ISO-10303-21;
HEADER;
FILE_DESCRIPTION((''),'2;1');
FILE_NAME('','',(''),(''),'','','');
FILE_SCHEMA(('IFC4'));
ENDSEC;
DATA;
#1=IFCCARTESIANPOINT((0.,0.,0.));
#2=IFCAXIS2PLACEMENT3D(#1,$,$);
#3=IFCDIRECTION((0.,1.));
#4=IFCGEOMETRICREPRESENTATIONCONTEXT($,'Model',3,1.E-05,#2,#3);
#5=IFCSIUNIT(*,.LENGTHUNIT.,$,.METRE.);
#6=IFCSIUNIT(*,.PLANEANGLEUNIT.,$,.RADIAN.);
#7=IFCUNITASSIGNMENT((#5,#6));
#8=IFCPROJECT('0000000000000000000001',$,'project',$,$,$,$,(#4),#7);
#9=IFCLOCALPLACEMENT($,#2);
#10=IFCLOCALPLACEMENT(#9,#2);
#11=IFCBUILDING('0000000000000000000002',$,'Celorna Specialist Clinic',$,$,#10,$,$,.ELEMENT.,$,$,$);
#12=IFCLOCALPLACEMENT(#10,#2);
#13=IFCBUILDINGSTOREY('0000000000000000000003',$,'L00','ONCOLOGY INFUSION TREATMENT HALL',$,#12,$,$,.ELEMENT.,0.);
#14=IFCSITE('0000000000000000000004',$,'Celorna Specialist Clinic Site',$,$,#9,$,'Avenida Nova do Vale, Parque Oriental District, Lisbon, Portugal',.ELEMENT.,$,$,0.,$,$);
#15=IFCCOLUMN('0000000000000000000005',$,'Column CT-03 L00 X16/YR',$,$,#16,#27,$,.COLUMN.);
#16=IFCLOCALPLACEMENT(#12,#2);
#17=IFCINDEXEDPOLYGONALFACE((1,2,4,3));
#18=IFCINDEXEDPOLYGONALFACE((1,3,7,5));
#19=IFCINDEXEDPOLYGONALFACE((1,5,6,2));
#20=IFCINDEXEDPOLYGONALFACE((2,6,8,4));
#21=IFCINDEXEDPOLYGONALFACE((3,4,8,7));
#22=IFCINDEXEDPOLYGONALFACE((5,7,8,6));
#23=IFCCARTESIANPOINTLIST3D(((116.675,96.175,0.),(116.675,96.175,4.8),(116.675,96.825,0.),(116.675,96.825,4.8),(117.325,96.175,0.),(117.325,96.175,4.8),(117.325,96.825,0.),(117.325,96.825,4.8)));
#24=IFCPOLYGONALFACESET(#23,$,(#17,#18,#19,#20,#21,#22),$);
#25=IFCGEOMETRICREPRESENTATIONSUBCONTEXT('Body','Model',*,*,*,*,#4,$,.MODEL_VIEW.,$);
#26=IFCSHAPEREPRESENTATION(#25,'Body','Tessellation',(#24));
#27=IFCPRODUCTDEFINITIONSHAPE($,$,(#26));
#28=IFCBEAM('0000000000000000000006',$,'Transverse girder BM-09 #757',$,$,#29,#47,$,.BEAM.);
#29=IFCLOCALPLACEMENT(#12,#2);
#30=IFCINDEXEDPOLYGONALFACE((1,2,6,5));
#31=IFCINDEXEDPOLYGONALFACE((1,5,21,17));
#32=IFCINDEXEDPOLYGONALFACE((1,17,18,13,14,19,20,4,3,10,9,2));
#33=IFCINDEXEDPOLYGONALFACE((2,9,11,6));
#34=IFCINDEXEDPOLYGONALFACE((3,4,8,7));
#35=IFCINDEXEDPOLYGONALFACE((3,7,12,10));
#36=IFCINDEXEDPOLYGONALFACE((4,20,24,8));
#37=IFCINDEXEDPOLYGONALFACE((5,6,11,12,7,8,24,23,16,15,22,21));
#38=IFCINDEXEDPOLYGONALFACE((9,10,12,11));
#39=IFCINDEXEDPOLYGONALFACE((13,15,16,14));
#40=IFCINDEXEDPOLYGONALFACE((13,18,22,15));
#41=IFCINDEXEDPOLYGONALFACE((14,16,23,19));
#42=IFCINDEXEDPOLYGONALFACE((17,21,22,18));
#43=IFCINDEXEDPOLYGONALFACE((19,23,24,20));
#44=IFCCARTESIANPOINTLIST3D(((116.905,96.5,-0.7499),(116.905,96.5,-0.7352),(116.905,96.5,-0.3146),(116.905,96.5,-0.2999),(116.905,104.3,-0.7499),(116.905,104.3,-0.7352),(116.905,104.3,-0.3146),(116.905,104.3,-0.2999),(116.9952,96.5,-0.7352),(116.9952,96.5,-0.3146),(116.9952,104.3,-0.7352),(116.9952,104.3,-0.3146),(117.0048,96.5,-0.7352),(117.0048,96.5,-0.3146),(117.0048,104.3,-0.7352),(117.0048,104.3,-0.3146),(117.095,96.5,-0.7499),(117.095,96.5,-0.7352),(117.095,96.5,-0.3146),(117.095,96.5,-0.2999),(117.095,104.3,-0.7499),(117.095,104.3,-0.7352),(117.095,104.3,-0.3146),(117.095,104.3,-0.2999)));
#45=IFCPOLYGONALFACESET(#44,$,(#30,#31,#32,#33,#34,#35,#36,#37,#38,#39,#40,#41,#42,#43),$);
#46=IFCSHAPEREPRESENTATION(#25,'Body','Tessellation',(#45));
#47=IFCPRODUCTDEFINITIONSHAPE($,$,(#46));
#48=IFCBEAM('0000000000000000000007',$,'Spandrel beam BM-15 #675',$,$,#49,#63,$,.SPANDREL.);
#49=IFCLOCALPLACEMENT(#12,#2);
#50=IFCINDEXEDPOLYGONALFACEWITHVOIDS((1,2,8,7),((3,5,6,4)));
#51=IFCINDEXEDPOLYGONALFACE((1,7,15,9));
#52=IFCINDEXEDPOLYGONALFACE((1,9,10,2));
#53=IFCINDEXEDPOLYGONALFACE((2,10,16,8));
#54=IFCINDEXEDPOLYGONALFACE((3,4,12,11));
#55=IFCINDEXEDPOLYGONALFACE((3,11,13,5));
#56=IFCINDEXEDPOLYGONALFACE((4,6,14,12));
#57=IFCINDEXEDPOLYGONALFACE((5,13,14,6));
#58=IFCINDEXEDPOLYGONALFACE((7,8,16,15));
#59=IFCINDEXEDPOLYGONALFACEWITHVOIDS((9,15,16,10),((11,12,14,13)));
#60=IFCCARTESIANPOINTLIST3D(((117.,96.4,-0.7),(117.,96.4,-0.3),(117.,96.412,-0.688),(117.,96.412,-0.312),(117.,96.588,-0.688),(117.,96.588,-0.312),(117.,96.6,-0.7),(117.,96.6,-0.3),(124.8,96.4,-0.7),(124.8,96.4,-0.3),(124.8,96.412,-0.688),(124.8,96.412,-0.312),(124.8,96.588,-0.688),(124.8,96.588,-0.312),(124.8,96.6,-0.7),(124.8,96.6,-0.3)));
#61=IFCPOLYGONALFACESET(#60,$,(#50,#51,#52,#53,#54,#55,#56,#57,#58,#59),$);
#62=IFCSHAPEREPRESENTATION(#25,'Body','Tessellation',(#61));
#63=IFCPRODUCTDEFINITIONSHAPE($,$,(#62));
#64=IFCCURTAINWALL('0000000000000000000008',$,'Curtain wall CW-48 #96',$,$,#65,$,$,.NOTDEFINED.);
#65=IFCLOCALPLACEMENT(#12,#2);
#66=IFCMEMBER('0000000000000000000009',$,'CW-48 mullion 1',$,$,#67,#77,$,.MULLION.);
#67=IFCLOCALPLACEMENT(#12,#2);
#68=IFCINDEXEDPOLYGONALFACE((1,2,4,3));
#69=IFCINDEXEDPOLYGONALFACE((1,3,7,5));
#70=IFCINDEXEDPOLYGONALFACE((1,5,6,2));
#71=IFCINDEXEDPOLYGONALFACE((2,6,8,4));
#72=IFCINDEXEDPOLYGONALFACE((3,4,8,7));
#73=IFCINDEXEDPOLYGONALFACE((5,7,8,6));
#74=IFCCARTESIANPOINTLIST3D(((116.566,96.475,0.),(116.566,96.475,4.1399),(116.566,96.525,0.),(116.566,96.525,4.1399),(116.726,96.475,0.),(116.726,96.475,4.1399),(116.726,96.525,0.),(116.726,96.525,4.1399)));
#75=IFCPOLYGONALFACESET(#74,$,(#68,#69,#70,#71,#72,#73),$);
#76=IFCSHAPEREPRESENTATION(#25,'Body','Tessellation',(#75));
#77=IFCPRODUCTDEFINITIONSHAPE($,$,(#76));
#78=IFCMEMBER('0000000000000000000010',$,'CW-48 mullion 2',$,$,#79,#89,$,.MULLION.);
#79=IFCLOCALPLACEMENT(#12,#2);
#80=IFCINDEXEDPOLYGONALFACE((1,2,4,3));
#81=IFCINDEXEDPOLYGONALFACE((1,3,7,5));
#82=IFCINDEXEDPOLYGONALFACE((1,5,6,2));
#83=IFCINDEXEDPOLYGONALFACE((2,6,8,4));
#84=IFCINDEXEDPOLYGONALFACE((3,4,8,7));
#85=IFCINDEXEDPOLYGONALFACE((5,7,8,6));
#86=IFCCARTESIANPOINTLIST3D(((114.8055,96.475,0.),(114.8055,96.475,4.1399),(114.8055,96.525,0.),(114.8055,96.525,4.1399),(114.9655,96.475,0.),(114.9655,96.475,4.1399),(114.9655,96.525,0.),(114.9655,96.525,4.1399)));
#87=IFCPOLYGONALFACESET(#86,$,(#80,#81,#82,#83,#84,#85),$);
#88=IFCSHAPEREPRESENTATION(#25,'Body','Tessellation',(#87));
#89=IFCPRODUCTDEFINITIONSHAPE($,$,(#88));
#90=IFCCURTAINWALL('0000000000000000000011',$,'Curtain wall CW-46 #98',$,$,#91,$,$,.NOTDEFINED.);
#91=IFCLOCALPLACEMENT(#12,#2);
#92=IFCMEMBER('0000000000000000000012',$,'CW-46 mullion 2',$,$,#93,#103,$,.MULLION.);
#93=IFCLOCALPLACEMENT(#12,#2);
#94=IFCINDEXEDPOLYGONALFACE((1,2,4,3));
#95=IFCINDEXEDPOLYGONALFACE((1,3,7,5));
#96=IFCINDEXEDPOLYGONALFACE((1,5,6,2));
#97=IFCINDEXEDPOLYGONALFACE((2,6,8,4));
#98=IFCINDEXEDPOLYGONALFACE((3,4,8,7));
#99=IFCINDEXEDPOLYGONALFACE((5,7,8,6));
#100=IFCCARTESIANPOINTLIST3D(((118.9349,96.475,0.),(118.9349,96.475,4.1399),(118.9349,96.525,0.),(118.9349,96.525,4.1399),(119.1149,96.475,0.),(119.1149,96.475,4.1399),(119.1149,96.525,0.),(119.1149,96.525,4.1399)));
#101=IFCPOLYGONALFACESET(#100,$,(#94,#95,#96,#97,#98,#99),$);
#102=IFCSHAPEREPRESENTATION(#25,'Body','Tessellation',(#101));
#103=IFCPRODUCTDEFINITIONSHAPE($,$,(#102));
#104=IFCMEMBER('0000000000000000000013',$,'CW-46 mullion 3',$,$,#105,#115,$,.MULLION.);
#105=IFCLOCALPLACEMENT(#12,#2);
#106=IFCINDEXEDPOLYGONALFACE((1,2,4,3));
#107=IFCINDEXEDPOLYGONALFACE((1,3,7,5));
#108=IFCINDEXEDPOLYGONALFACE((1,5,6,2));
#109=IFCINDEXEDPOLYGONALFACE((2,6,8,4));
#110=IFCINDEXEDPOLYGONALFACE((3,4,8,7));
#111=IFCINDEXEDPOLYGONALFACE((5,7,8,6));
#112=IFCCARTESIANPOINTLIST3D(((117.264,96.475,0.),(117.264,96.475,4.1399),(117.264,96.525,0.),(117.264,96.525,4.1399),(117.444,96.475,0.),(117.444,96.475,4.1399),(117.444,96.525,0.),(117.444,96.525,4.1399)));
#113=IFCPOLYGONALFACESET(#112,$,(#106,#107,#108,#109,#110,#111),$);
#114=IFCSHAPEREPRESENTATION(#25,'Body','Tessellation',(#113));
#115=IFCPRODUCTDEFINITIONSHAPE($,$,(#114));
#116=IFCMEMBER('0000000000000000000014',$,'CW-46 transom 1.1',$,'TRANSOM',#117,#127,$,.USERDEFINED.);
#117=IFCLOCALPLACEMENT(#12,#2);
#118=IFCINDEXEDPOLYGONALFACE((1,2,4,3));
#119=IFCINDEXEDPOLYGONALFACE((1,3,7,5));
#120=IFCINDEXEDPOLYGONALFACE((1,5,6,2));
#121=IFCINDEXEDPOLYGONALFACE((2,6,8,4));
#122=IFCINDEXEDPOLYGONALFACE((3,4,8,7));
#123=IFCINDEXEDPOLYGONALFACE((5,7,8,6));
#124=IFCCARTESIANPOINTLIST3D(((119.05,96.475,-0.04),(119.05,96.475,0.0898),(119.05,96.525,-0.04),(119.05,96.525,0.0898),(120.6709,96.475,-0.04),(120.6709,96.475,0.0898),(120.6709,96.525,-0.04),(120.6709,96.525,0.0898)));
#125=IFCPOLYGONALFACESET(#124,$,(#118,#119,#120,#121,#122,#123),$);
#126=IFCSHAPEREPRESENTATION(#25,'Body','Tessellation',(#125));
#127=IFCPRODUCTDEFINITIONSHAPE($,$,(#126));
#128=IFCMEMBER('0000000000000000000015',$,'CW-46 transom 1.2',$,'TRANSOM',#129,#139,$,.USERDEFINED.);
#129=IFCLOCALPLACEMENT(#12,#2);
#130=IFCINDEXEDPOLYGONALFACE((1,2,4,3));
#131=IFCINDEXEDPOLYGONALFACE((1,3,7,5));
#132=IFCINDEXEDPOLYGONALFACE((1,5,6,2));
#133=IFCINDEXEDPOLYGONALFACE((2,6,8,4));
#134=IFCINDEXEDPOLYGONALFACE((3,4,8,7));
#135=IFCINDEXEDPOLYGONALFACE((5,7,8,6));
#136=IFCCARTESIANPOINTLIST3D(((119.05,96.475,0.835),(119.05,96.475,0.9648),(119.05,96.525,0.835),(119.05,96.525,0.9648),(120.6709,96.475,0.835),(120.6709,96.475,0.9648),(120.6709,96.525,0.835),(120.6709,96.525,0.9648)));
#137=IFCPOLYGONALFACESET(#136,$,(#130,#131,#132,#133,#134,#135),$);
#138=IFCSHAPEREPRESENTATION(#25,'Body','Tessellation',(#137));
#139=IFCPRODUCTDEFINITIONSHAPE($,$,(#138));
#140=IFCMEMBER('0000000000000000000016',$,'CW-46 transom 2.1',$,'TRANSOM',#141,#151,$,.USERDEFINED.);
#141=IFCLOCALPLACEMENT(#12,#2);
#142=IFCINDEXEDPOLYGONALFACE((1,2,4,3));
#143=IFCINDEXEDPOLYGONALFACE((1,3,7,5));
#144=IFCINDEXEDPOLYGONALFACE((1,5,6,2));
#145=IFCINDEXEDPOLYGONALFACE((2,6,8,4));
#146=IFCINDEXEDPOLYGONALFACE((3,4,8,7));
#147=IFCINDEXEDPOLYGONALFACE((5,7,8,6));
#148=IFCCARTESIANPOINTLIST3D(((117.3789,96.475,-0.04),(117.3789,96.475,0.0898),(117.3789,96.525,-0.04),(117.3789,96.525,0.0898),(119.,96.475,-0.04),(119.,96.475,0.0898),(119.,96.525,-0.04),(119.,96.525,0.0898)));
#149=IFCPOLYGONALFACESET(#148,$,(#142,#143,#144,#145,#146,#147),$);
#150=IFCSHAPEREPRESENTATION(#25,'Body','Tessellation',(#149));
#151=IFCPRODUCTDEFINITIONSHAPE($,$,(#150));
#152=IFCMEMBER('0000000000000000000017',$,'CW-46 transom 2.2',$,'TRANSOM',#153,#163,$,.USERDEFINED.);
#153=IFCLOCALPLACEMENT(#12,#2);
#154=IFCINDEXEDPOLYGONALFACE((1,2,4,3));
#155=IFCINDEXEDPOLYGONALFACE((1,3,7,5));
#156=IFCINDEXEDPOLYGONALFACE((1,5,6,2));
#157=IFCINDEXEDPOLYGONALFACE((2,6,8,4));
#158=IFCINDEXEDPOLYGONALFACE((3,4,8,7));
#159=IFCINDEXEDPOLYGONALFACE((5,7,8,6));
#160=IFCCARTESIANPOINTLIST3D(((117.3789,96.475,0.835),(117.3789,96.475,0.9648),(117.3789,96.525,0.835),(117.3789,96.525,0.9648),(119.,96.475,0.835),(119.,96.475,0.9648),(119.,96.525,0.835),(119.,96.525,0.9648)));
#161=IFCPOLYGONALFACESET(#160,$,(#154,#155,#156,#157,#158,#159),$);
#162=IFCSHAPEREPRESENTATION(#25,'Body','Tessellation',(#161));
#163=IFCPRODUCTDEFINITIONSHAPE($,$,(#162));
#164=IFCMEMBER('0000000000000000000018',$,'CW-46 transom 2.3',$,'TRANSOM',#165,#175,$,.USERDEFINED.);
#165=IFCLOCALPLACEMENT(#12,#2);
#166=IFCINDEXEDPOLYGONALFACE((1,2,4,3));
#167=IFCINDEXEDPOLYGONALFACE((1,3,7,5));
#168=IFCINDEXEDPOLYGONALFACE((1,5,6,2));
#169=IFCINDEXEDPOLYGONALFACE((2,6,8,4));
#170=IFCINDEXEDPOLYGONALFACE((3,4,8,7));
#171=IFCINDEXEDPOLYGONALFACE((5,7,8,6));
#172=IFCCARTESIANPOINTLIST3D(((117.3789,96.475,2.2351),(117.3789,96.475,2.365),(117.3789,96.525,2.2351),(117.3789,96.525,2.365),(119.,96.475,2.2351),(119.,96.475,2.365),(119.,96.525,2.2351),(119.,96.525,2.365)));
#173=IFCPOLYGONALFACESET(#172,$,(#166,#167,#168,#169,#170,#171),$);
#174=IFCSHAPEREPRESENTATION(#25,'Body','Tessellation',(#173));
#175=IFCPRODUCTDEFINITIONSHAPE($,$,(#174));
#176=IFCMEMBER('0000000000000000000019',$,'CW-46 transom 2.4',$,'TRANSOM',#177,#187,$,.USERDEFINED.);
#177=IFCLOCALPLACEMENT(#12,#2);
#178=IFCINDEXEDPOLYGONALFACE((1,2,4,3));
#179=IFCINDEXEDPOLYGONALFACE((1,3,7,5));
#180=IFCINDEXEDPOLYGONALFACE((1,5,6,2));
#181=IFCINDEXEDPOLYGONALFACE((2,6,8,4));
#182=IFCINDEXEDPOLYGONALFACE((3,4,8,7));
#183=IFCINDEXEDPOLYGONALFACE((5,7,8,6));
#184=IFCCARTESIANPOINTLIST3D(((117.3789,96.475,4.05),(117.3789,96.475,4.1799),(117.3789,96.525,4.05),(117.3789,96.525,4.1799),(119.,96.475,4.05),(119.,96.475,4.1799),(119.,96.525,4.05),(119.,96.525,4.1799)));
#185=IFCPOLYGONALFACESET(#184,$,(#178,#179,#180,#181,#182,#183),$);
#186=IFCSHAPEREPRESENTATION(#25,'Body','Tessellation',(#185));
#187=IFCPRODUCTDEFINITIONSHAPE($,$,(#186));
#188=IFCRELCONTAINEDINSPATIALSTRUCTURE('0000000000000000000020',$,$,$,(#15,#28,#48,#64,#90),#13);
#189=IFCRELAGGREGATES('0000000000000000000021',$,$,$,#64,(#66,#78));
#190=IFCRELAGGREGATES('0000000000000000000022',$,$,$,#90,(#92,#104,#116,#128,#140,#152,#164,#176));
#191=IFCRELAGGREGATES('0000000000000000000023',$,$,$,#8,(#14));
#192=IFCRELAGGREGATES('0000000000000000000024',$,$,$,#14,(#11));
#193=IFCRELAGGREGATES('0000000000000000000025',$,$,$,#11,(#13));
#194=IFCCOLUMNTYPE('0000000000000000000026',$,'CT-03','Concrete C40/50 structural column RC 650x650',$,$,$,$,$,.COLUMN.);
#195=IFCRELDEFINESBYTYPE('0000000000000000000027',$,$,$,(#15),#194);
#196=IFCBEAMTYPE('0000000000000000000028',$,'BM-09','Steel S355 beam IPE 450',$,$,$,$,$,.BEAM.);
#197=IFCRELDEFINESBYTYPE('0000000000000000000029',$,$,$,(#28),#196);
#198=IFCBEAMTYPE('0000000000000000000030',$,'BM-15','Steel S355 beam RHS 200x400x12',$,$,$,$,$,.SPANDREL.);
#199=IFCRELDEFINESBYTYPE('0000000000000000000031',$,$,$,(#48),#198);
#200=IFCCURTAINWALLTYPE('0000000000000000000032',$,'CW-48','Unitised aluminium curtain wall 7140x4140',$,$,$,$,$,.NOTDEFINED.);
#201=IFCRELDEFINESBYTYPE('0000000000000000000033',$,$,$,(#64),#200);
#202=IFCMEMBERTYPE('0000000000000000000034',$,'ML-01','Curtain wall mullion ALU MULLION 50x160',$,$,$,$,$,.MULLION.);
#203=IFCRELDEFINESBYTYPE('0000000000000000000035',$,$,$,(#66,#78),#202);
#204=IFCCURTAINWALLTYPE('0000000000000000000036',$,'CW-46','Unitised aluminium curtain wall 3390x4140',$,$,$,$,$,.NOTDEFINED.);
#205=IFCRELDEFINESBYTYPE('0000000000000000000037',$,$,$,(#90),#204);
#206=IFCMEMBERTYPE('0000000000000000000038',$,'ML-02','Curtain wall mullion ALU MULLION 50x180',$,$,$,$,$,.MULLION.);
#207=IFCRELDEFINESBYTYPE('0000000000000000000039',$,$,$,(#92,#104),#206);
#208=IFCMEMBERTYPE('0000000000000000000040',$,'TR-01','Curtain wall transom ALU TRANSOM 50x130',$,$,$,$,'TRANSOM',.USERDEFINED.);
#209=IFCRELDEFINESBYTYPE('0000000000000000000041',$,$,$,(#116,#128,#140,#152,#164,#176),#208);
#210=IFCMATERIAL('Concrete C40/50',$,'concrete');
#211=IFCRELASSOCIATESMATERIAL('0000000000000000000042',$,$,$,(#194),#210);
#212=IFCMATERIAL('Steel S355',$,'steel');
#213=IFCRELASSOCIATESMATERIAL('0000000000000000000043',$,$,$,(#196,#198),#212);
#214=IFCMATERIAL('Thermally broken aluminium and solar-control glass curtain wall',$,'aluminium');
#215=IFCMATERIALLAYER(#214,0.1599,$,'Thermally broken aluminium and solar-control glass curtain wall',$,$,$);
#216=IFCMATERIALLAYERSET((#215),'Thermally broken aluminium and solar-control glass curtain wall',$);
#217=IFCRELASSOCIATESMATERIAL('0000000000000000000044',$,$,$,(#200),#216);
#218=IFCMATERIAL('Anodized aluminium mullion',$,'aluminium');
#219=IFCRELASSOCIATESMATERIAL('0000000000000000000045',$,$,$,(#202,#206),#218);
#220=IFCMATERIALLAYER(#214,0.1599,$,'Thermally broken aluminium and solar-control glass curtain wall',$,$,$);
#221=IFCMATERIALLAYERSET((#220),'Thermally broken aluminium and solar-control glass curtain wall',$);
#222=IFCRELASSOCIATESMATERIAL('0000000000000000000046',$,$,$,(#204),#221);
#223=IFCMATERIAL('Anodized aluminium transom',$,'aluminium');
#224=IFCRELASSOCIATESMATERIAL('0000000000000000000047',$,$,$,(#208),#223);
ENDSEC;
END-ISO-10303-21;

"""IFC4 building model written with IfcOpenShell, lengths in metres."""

from ifc_helpers import new_model, si_unit, direction, frame, origin, origin_2d, place, context, subcontext, project, spatial, rectangle, hollow_rectangle, i_section, extrude, material, layer, layer_set, material_profile, profile_set, type_object, element, aggregate, save


model = new_model("IFC4")

# Units and contexts
model_context = context("Model", 3, precision=1e-05, world=origin(), true_north=direction((0.0, 1.0)))
body_context = subcontext(model_context, "Body", "Model", "MODEL_VIEW")
ifc_project = project(units=[si_unit("LENGTHUNIT", "METRE"), si_unit("PLANEANGLEUNIT", "RADIAN")], contexts=[model_context])

# Site, building, storey
site_placement = place(None, origin())
site = spatial("IfcSite", under=ifc_project, at=site_placement, Name="Celorna Specialist Clinic Site", LongName="Avenida Nova do Vale, Parque Oriental District, Lisbon, Portugal", CompositionType="ELEMENT", RefElevation=0.0)
building_placement = place(site_placement, origin())
building = spatial("IfcBuilding", under=site, at=building_placement, Name="Celorna Specialist Clinic", CompositionType="ELEMENT")
storey_placement = place(building_placement, origin())
storey = spatial("IfcBuildingStorey", under=building, at=storey_placement, Name="L00", Description="ONCOLOGY INFUSION TREATMENT HALL", CompositionType="ELEMENT", Elevation=0.0)

# Column
ifc_material_1 = material(Name="Concrete C40/50", Category="concrete")
ifc_material_profile_1 = material_profile(ifc_material_1, rectangle(XDim=0.6499, YDim=0.6499, at=origin_2d()), Name="RC 650x650")
ifc_profile_set_1 = profile_set([ifc_material_profile_1], Name="Concrete C40/50")
column_type = type_object("IfcColumnType", Name="CT-03", Description="Concrete C40/50 structural column RC 650x650", PredefinedType="COLUMN", material=ifc_profile_set_1)
column_placement = place(storey_placement, frame((117.0, 96.5, 0.0), z_axis=(0.0, 0.0, 1.0), x_axis=(1.0, 0.0, 0.0)))
element("IfcColumn", 1, at=column_placement, inside=storey, type_object=column_type, Name="Column CT-03 L00 X16/YR", PredefinedType="COLUMN", context=body_context, shape_type="SweptSolid", body=[
    extrude(rectangle(XDim=0.6499, YDim=0.6499, at=origin_2d()), origin(), (0.0, 0.0, 1.0), 4.8),
])

# Beams
ifc_material_2 = material(Name="Steel S355", Category="steel")
ifc_material_profile_2 = material_profile(ifc_material_2, i_section(OverallWidth=0.1899, OverallDepth=0.45, WebThickness=0.0095, FlangeThickness=0.0146, at=origin_2d()), Name="IPE 450")
ifc_profile_set_2 = profile_set([ifc_material_profile_2], Name="Steel S355")
beam_type_1 = type_object("IfcBeamType", Name="BM-09", Description="Steel S355 beam IPE 450", PredefinedType="BEAM", material=ifc_profile_set_2)
beam_1_placement = place(storey_placement, frame((117.0, 96.5, -0.5249), z_axis=(0.0, 1.0, 0.0), x_axis=(-1.0, 0.0, 0.0)))
element("IfcBeam", 2, at=beam_1_placement, inside=storey, type_object=beam_type_1, Name="Transverse girder BM-09 #757", PredefinedType="BEAM", context=body_context, shape_type="SweptSolid", body=[
    extrude(i_section(OverallWidth=0.1899, OverallDepth=0.45, WebThickness=0.0095, FlangeThickness=0.0146, at=origin_2d()), origin(), (0.0, 0.0, 1.0), 7.8),
])
ifc_material_profile_3 = material_profile(ifc_material_2, hollow_rectangle(XDim=0.2, YDim=0.3999, WallThickness=0.012, at=origin_2d()), Name="RHS 200x400x12")
ifc_profile_set_3 = profile_set([ifc_material_profile_3], Name="Steel S355")
beam_type_2 = type_object("IfcBeamType", Name="BM-15", Description="Steel S355 beam RHS 200x400x12", PredefinedType="SPANDREL", material=ifc_profile_set_3)
beam_2_placement = place(storey_placement, frame((117.0, 96.5, -0.5), z_axis=(1.0, 0.0, 0.0), x_axis=(0.0, 1.0, 0.0)))
element("IfcBeam", 3, at=beam_2_placement, inside=storey, type_object=beam_type_2, Name="Spandrel beam BM-15 #675", PredefinedType="SPANDREL", context=body_context, shape_type="SweptSolid", body=[
    extrude(hollow_rectangle(XDim=0.2, YDim=0.3999, WallThickness=0.012, at=origin_2d()), origin(), (0.0, 0.0, 1.0), 7.8),
])

# Curtain walls, members
ifc_material_3 = material(Name="Thermally broken aluminium and solar-control glass curtain wall", Category="aluminium")
ifc_layer_1 = layer(ifc_material_3, 0.1599, Name="Thermally broken aluminium and solar-control glass curtain wall")
ifc_layer_set_1 = layer_set([ifc_layer_1], Name="Thermally broken aluminium and solar-control glass curtain wall")
curtain_wall_type_1 = type_object("IfcCurtainWallType", Name="CW-48", Description="Unitised aluminium curtain wall 7140x4140", PredefinedType="NOTDEFINED", material=ifc_layer_set_1)
curtain_wall_1_placement = place(storey_placement, origin())
curtain_wall_1 = element("IfcCurtainWall", 4, at=curtain_wall_1_placement, inside=storey, type_object=curtain_wall_type_1, Name="Curtain wall CW-48 #96", PredefinedType="NOTDEFINED")
ifc_material_4 = material(Name="Anodized aluminium mullion", Category="aluminium")
ifc_material_profile_4 = material_profile(ifc_material_4, rectangle(XDim=0.05, YDim=0.1599, at=origin_2d()), Name="ALU MULLION 50x160")
ifc_profile_set_4 = profile_set([ifc_material_profile_4], Name="Anodized aluminium mullion")
member_type_1 = type_object("IfcMemberType", Name="ML-01", Description="Curtain wall mullion ALU MULLION 50x160", PredefinedType="MULLION", material=ifc_profile_set_4)
member_1_placement = place(storey_placement, frame((116.646, 96.5, 0.0), z_axis=(0.0, 0.0, 1.0), x_axis=(0.0, -1.0, 0.0)))
member_1 = element("IfcMember", 5, at=member_1_placement, type_object=member_type_1, Name="CW-48 mullion 1", PredefinedType="MULLION", context=body_context, shape_type="SweptSolid", body=[
    extrude(rectangle(XDim=0.05, YDim=0.1599, at=origin_2d()), origin(), (0.0, 0.0, 1.0), 4.1399),
])
member_2_placement = place(storey_placement, frame((114.8855, 96.5, 0.0), z_axis=(0.0, 0.0, 1.0), x_axis=(0.0, -1.0, 0.0)))
member_2 = element("IfcMember", 6, at=member_2_placement, type_object=member_type_1, Name="CW-48 mullion 2", PredefinedType="MULLION", context=body_context, shape_type="SweptSolid", body=[
    extrude(rectangle(XDim=0.05, YDim=0.1599, at=origin_2d()), origin(), (0.0, 0.0, 1.0), 4.1399),
])
ifc_layer_2 = layer(ifc_material_3, 0.1599, Name="Thermally broken aluminium and solar-control glass curtain wall")
ifc_layer_set_2 = layer_set([ifc_layer_2], Name="Thermally broken aluminium and solar-control glass curtain wall")
curtain_wall_type_2 = type_object("IfcCurtainWallType", Name="CW-46", Description="Unitised aluminium curtain wall 3390x4140", PredefinedType="NOTDEFINED", material=ifc_layer_set_2)
curtain_wall_2_placement = place(storey_placement, origin())
curtain_wall_2 = element("IfcCurtainWall", 7, at=curtain_wall_2_placement, inside=storey, type_object=curtain_wall_type_2, Name="Curtain wall CW-46 #98", PredefinedType="NOTDEFINED")
ifc_material_profile_5 = material_profile(ifc_material_4, rectangle(XDim=0.05, YDim=0.1799, at=origin_2d()), Name="ALU MULLION 50x180")
ifc_profile_set_5 = profile_set([ifc_material_profile_5], Name="Anodized aluminium mullion")
member_type_2 = type_object("IfcMemberType", Name="ML-02", Description="Curtain wall mullion ALU MULLION 50x180", PredefinedType="MULLION", material=ifc_profile_set_5)
member_3_placement = place(storey_placement, frame((119.0249, 96.5, 0.0), z_axis=(0.0, 0.0, 1.0), x_axis=(0.0, -1.0, 0.0)))
member_3 = element("IfcMember", 8, at=member_3_placement, type_object=member_type_2, Name="CW-46 mullion 2", PredefinedType="MULLION", context=body_context, shape_type="SweptSolid", body=[
    extrude(rectangle(XDim=0.05, YDim=0.1799, at=origin_2d()), origin(), (0.0, 0.0, 1.0), 4.1399),
])
member_4_placement = place(storey_placement, frame((117.354, 96.5, 0.0), z_axis=(0.0, 0.0, 1.0), x_axis=(0.0, -1.0, 0.0)))
member_4 = element("IfcMember", 9, at=member_4_placement, type_object=member_type_2, Name="CW-46 mullion 3", PredefinedType="MULLION", context=body_context, shape_type="SweptSolid", body=[
    extrude(rectangle(XDim=0.05, YDim=0.1799, at=origin_2d()), origin(), (0.0, 0.0, 1.0), 4.1399),
])
ifc_material_5 = material(Name="Anodized aluminium transom", Category="aluminium")
ifc_material_profile_6 = material_profile(ifc_material_5, rectangle(XDim=0.05, YDim=0.1299, at=origin_2d()), Name="ALU TRANSOM 50x130")
ifc_profile_set_6 = profile_set([ifc_material_profile_6], Name="Anodized aluminium transom")
member_type_3 = type_object("IfcMemberType", Name="TR-01", Description="Curtain wall transom ALU TRANSOM 50x130", ElementType="TRANSOM", PredefinedType="USERDEFINED", material=ifc_profile_set_6)
member_5_placement = place(storey_placement, frame((120.6709, 96.5, 0.0249), z_axis=(-1.0, 0.0, 0.0), x_axis=(0.0, -1.0, 0.0)))
member_5 = element("IfcMember", 10, at=member_5_placement, type_object=member_type_3, Name="CW-46 transom 1.1", ObjectType="TRANSOM", PredefinedType="USERDEFINED", context=body_context, shape_type="SweptSolid", body=[
    extrude(rectangle(XDim=0.05, YDim=0.1299, at=origin_2d()), origin(), (0.0, 0.0, 1.0), 1.6208),
])
member_6_placement = place(storey_placement, frame((120.6709, 96.5, 0.8999), z_axis=(-1.0, 0.0, 0.0), x_axis=(0.0, -1.0, 0.0)))
member_6 = element("IfcMember", 11, at=member_6_placement, type_object=member_type_3, Name="CW-46 transom 1.2", ObjectType="TRANSOM", PredefinedType="USERDEFINED", context=body_context, shape_type="SweptSolid", body=[
    extrude(rectangle(XDim=0.05, YDim=0.1299, at=origin_2d()), origin(), (0.0, 0.0, 1.0), 1.6208),
])
member_7_placement = place(storey_placement, frame((119.0, 96.5, 0.0249), z_axis=(-1.0, 0.0, 0.0), x_axis=(0.0, -1.0, 0.0)))
member_7 = element("IfcMember", 12, at=member_7_placement, type_object=member_type_3, Name="CW-46 transom 2.1", ObjectType="TRANSOM", PredefinedType="USERDEFINED", context=body_context, shape_type="SweptSolid", body=[
    extrude(rectangle(XDim=0.05, YDim=0.1299, at=origin_2d()), origin(), (0.0, 0.0, 1.0), 1.6211),
])
member_8_placement = place(storey_placement, frame((119.0, 96.5, 0.8999), z_axis=(-1.0, 0.0, 0.0), x_axis=(0.0, -1.0, 0.0)))
member_8 = element("IfcMember", 13, at=member_8_placement, type_object=member_type_3, Name="CW-46 transom 2.2", ObjectType="TRANSOM", PredefinedType="USERDEFINED", context=body_context, shape_type="SweptSolid", body=[
    extrude(rectangle(XDim=0.05, YDim=0.1299, at=origin_2d()), origin(), (0.0, 0.0, 1.0), 1.6211),
])
member_9_placement = place(storey_placement, frame((119.0, 96.5, 2.3), z_axis=(-1.0, 0.0, 0.0), x_axis=(0.0, -1.0, 0.0)))
member_9 = element("IfcMember", 14, at=member_9_placement, type_object=member_type_3, Name="CW-46 transom 2.3", ObjectType="TRANSOM", PredefinedType="USERDEFINED", context=body_context, shape_type="SweptSolid", body=[
    extrude(rectangle(XDim=0.05, YDim=0.1299, at=origin_2d()), origin(), (0.0, 0.0, 1.0), 1.6211),
])
member_10_placement = place(storey_placement, frame((119.0, 96.5, 4.115), z_axis=(-1.0, 0.0, 0.0), x_axis=(0.0, -1.0, 0.0)))
member_10 = element("IfcMember", 15, at=member_10_placement, type_object=member_type_3, Name="CW-46 transom 2.4", ObjectType="TRANSOM", PredefinedType="USERDEFINED", context=body_context, shape_type="SweptSolid", body=[
    extrude(rectangle(XDim=0.05, YDim=0.1299, at=origin_2d()), origin(), (0.0, 0.0, 1.0), 1.6211),
])

aggregate(curtain_wall_1, [member_1, member_2])
aggregate(curtain_wall_2, [member_3, member_4, member_5, member_6, member_7, member_8, member_9, member_10])

save(model, "model.ifc")
